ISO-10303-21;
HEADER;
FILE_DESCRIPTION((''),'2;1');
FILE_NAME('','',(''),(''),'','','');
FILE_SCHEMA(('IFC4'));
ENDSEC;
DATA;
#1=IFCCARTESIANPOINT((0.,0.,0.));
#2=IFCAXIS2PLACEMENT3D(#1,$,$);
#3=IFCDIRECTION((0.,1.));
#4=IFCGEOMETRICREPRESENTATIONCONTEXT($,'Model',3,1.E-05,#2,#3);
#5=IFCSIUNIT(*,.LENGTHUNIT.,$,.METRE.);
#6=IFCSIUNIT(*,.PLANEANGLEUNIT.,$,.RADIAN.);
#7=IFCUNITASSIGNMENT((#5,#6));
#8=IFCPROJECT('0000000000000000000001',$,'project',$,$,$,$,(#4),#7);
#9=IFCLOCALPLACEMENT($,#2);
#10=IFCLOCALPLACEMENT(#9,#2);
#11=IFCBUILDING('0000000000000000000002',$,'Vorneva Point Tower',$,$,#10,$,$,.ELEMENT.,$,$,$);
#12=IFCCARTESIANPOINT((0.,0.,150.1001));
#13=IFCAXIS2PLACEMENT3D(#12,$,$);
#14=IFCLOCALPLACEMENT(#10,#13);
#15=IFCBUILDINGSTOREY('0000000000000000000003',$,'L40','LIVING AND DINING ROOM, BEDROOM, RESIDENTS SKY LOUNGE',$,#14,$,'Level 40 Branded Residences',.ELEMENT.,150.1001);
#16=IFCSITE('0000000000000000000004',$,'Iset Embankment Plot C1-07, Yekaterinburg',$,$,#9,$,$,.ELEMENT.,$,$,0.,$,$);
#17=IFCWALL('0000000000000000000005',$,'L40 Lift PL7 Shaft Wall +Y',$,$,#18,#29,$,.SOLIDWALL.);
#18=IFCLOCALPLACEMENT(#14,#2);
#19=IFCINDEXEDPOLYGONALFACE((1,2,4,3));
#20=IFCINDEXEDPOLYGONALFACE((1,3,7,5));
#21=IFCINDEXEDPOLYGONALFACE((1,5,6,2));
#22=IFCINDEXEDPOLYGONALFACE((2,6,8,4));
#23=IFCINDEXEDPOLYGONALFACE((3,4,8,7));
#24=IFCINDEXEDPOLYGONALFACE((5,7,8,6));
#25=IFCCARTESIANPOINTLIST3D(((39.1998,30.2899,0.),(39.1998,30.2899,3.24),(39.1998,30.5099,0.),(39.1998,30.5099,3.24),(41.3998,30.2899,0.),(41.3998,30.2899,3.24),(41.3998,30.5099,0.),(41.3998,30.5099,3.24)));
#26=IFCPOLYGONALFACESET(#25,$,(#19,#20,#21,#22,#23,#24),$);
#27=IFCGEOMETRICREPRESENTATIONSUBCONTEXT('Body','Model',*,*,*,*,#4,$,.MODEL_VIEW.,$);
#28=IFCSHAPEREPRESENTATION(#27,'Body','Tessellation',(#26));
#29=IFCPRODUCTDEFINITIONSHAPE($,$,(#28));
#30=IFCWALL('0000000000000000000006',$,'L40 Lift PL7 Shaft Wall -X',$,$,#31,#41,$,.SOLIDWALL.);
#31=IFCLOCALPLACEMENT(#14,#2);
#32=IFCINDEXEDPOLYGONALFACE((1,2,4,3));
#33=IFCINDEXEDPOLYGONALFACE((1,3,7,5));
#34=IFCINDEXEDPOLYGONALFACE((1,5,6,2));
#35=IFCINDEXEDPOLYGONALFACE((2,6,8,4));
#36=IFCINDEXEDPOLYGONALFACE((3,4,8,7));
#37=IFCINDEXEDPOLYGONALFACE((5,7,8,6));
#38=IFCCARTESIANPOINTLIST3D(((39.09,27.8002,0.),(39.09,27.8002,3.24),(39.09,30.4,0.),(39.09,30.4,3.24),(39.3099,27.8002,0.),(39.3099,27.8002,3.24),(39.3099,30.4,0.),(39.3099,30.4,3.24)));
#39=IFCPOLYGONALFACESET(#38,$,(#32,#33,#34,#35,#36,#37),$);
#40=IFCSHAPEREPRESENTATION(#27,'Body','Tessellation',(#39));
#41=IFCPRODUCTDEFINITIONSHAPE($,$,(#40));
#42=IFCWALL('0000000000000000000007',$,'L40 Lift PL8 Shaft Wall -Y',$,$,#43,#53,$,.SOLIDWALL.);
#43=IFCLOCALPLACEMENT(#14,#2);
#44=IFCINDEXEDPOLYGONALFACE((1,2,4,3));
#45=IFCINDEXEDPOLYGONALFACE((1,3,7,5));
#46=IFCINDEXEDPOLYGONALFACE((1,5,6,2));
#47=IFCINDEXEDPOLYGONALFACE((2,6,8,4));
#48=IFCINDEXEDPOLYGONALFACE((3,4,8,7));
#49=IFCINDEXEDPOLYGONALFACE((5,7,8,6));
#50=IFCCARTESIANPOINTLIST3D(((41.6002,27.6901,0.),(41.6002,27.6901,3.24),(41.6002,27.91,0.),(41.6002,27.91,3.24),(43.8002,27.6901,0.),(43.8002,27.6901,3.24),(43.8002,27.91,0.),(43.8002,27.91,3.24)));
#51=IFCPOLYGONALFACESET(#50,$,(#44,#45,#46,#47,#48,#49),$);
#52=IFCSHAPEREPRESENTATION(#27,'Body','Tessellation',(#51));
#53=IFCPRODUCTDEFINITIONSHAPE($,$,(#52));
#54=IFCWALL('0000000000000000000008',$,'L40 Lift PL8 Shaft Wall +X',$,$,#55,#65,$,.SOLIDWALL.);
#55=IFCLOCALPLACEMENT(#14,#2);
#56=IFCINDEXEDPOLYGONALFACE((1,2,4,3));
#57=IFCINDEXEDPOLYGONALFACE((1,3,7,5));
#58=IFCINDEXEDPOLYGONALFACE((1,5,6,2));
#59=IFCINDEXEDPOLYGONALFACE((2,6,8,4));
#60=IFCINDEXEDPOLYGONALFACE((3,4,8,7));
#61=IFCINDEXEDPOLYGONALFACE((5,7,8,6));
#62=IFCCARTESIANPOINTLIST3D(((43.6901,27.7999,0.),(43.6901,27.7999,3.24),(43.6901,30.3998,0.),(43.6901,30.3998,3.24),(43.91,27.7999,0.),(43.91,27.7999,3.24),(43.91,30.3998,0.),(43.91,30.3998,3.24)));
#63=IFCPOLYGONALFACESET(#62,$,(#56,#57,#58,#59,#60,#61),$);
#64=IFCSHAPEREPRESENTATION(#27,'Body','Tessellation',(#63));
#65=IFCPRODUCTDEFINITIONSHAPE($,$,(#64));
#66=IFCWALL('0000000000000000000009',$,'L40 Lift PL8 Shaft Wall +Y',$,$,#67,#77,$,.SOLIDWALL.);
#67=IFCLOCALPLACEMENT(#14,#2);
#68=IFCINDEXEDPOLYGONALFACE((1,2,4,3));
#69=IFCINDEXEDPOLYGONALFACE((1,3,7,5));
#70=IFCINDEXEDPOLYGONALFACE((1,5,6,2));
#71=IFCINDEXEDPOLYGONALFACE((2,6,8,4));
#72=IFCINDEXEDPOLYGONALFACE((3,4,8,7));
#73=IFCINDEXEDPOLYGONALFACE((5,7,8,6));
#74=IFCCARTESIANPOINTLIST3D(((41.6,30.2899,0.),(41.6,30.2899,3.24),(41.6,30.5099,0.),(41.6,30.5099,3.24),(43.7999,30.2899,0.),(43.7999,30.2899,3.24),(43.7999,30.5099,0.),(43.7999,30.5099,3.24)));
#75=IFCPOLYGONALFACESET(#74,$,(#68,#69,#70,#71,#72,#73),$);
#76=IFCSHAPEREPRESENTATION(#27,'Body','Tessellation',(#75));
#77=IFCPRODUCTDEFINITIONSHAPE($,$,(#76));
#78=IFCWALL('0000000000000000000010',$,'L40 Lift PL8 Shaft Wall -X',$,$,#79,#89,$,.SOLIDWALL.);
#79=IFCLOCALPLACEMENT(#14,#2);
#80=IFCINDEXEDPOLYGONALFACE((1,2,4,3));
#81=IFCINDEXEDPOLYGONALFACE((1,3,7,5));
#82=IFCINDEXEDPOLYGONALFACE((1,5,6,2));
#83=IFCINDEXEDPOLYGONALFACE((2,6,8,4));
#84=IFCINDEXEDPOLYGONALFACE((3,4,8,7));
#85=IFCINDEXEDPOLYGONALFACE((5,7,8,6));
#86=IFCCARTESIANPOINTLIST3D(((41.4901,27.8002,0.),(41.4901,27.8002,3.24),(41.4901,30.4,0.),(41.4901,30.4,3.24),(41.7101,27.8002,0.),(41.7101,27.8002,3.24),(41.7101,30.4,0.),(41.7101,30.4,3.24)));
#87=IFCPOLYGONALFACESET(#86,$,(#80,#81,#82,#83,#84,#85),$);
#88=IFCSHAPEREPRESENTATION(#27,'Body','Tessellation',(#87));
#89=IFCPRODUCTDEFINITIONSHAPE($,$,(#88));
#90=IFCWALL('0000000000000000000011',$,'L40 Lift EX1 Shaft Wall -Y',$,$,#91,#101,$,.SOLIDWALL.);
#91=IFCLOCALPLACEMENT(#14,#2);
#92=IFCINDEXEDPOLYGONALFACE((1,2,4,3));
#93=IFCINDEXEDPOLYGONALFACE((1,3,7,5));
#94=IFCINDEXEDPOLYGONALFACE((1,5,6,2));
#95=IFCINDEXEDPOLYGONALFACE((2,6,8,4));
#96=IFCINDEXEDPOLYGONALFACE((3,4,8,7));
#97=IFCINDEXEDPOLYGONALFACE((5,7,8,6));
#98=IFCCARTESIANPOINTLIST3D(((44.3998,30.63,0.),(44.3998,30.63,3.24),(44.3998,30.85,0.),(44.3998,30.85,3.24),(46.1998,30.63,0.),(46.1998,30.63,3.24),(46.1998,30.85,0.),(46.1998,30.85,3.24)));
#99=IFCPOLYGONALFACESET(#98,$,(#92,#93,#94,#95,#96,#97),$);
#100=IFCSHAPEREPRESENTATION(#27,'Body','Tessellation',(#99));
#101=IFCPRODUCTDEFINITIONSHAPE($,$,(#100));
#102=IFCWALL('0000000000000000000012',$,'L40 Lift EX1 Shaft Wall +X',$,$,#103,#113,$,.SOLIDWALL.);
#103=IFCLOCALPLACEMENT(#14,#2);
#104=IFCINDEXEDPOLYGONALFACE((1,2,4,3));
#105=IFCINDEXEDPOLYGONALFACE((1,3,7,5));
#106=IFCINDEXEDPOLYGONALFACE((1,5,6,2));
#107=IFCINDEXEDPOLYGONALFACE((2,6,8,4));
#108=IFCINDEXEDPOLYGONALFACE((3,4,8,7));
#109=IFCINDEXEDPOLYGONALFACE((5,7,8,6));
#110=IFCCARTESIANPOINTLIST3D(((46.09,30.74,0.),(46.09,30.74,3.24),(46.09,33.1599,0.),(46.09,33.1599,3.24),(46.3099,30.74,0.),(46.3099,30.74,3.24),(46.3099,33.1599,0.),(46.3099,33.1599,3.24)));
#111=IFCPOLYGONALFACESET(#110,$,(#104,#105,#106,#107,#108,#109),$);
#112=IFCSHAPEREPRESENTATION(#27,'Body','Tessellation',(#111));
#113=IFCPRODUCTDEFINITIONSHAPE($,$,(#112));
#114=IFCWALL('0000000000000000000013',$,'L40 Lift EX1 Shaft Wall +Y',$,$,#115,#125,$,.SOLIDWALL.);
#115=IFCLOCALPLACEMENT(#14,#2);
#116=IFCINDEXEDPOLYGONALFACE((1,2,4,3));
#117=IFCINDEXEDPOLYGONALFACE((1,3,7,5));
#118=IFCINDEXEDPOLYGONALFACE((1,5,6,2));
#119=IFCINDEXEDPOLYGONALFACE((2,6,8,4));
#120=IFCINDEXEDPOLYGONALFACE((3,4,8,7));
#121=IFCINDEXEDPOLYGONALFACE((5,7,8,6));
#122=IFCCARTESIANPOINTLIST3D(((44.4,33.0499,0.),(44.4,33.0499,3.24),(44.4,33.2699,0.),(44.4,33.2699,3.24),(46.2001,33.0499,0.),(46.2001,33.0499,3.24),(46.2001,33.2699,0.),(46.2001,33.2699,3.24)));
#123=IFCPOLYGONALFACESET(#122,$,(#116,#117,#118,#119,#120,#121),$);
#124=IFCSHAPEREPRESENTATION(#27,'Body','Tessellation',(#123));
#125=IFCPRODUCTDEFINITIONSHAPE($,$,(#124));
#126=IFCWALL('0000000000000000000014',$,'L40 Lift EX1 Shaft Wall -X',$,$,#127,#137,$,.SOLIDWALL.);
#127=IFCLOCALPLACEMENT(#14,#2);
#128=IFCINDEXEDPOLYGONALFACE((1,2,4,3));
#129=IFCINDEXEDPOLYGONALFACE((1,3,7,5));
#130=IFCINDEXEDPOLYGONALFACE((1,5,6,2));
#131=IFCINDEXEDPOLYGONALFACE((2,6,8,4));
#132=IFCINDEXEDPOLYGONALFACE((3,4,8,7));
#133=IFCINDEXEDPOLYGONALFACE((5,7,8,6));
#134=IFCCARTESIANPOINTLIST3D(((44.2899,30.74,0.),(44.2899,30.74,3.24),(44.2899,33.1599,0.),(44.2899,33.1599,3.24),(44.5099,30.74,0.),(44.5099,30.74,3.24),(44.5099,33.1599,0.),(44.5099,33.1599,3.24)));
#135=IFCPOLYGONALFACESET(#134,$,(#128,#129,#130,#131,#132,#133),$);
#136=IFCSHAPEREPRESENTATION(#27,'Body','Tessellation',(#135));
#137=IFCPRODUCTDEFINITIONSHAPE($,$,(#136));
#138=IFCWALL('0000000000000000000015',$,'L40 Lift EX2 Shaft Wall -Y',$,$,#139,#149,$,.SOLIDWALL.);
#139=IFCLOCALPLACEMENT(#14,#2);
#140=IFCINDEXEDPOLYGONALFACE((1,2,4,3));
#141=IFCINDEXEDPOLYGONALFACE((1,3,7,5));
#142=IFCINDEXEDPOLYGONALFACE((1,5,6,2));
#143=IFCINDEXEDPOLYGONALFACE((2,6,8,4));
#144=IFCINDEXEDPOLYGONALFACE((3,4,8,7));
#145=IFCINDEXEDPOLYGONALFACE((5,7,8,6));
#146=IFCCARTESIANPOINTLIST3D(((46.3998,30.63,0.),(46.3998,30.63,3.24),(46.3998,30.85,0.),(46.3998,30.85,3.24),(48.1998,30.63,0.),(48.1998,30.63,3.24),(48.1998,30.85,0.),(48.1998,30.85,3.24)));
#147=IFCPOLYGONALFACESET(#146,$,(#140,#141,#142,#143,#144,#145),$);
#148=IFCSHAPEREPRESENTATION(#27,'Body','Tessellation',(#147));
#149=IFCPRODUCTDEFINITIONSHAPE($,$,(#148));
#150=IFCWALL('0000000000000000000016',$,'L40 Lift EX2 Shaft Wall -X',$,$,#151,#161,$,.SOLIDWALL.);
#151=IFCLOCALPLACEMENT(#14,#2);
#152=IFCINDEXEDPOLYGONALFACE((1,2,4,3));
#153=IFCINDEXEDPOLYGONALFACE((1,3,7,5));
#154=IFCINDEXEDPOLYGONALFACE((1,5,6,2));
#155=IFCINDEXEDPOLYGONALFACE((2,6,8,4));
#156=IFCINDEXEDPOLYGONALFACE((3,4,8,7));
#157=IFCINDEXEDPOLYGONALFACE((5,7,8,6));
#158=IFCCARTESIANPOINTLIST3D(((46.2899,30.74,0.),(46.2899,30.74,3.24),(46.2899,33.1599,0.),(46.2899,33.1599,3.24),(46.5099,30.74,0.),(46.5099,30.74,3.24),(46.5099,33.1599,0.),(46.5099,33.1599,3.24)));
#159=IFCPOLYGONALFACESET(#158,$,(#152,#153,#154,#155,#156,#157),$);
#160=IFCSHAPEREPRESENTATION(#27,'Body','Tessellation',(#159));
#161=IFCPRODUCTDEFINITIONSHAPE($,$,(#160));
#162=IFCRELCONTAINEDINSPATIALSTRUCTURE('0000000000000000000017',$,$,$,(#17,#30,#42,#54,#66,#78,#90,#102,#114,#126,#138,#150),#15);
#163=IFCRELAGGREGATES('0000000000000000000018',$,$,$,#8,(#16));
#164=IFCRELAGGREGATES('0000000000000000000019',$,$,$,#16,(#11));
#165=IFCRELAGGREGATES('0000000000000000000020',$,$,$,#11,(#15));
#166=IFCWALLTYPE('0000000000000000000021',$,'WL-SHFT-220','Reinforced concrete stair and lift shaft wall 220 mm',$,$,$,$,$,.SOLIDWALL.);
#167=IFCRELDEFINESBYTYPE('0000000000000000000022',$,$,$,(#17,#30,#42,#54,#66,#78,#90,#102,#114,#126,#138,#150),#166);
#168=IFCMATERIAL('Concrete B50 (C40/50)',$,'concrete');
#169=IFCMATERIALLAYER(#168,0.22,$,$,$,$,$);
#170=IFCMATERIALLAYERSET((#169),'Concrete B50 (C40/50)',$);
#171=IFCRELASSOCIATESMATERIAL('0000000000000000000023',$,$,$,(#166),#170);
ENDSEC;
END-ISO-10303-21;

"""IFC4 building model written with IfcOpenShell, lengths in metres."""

from ifc_helpers import new_model, si_unit, direction, frame, frame_2d, origin, place, context, subcontext, project, spatial, rectangle, extrude, material, layer, layer_set, type_object, element, save


model = new_model("IFC4")

# Units and contexts
model_context = context("Model", 3, precision=1e-05, world=origin(), true_north=direction((0.0, 1.0)))
body_context = subcontext(model_context, "Body", "Model", "MODEL_VIEW")
ifc_project = project(units=[si_unit("LENGTHUNIT", "METRE"), si_unit("PLANEANGLEUNIT", "RADIAN")], contexts=[model_context])

# Site, building, storey
site_placement = place(None, origin())
site = spatial("IfcSite", under=ifc_project, at=site_placement, Name="Iset Embankment Plot C1-07, Yekaterinburg", CompositionType="ELEMENT", RefElevation=0.0)
building_placement = place(site_placement, origin())
building = spatial("IfcBuilding", under=site, at=building_placement, Name="Vorneva Point Tower", CompositionType="ELEMENT")
storey_placement = place(building_placement, frame((0.0, 0.0, 150.1001)))
storey = spatial("IfcBuildingStorey", under=building, at=storey_placement, Name="L40", Description="LIVING AND DINING ROOM, BEDROOM, RESIDENTS SKY LOUNGE", LongName="Level 40 Branded Residences", CompositionType="ELEMENT", Elevation=150.1001)

# Walls
ifc_material_1 = material(Name="Concrete B50 (C40/50)", Category="concrete")
ifc_layer_1 = layer(ifc_material_1, 0.22)
ifc_layer_set_1 = layer_set([ifc_layer_1], Name="Concrete B50 (C40/50)")
wall_type_1 = type_object("IfcWallType", Name="WL-SHFT-220", Description="Reinforced concrete stair and lift shaft wall 220 mm", PredefinedType="SOLIDWALL", material=ifc_layer_set_1)
wall_1_placement = place(storey_placement, frame((41.3999, 30.3999, 0.0), z_axis=(0.0, 0.0, 1.0), x_axis=(-1.0, 0.0, 0.0)))
element("IfcWall", 1, at=wall_1_placement, inside=storey, type_object=wall_type_1, Name="L40 Lift PL7 Shaft Wall +Y", PredefinedType="SOLIDWALL", context=body_context, shape_type="SweptSolid", body=[
    extrude(rectangle(XDim=2.2, YDim=0.22, at=frame_2d((1.1001, 0.0))), origin(), (0.0, 0.0, 1.0), 3.24),
])
wall_2_placement = place(storey_placement, frame((39.2, 30.3999, 0.0), z_axis=(0.0, 0.0, 1.0), x_axis=(0.0, -1.0, 0.0)))
element("IfcWall", 2, at=wall_2_placement, inside=storey, type_object=wall_type_1, Name="L40 Lift PL7 Shaft Wall -X", PredefinedType="SOLIDWALL", context=body_context, shape_type="SweptSolid", body=[
    extrude(rectangle(XDim=2.5999, YDim=0.22, at=frame_2d((1.2998, 0.0))), origin(), (0.0, 0.0, 1.0), 3.24),
])
wall_3_placement = place(storey_placement, frame((41.6001, 27.8, 0.0), z_axis=(0.0, 0.0, 1.0), x_axis=(1.0, 0.0, 0.0)))
element("IfcWall", 3, at=wall_3_placement, inside=storey, type_object=wall_type_1, Name="L40 Lift PL8 Shaft Wall -Y", PredefinedType="SOLIDWALL", context=body_context, shape_type="SweptSolid", body=[
    extrude(rectangle(XDim=2.2, YDim=0.22, at=frame_2d((1.1001, 0.0))), origin(), (0.0, 0.0, 1.0), 3.24),
])
wall_4_placement = place(storey_placement, frame((43.8, 27.8, 0.0), z_axis=(0.0, 0.0, 1.0), x_axis=(0.0, 1.0, 0.0)))
element("IfcWall", 4, at=wall_4_placement, inside=storey, type_object=wall_type_1, Name="L40 Lift PL8 Shaft Wall +X", PredefinedType="SOLIDWALL", context=body_context, shape_type="SweptSolid", body=[
    extrude(rectangle(XDim=2.5999, YDim=0.22, at=frame_2d((1.2998, 0.0))), origin(), (0.0, 0.0, 1.0), 3.24),
])
wall_5_placement = place(storey_placement, frame((43.8, 30.3999, 0.0), z_axis=(0.0, 0.0, 1.0), x_axis=(-1.0, 0.0, 0.0)))
element("IfcWall", 5, at=wall_5_placement, inside=storey, type_object=wall_type_1, Name="L40 Lift PL8 Shaft Wall +Y", PredefinedType="SOLIDWALL", context=body_context, shape_type="SweptSolid", body=[
    extrude(rectangle(XDim=2.2, YDim=0.22, at=frame_2d((1.1001, 0.0))), origin(), (0.0, 0.0, 1.0), 3.24),
])
wall_6_placement = place(storey_placement, frame((41.6001, 30.3999, 0.0), z_axis=(0.0, 0.0, 1.0), x_axis=(0.0, -1.0, 0.0)))
element("IfcWall", 6, at=wall_6_placement, inside=storey, type_object=wall_type_1, Name="L40 Lift PL8 Shaft Wall -X", PredefinedType="SOLIDWALL", context=body_context, shape_type="SweptSolid", body=[
    extrude(rectangle(XDim=2.5999, YDim=0.22, at=frame_2d((1.2998, 0.0))), origin(), (0.0, 0.0, 1.0), 3.24),
])
wall_7_placement = place(storey_placement, frame((44.3999, 30.74, 0.0), z_axis=(0.0, 0.0, 1.0), x_axis=(1.0, 0.0, 0.0)))
element("IfcWall", 7, at=wall_7_placement, inside=storey, type_object=wall_type_1, Name="L40 Lift EX1 Shaft Wall -Y", PredefinedType="SOLIDWALL", context=body_context, shape_type="SweptSolid", body=[
    extrude(rectangle(XDim=1.8, YDim=0.22, at=frame_2d((0.8999, 0.0))), origin(), (0.0, 0.0, 1.0), 3.24),
])
wall_8_placement = place(storey_placement, frame((46.2, 30.74, 0.0), z_axis=(0.0, 0.0, 1.0), x_axis=(0.0, 1.0, 0.0)))
element("IfcWall", 8, at=wall_8_placement, inside=storey, type_object=wall_type_1, Name="L40 Lift EX1 Shaft Wall +X", PredefinedType="SOLIDWALL", context=body_context, shape_type="SweptSolid", body=[
    extrude(rectangle(XDim=2.4199, YDim=0.22, at=frame_2d((1.21, 0.0))), origin(), (0.0, 0.0, 1.0), 3.24),
])
wall_9_placement = place(storey_placement, frame((46.2, 33.1599, 0.0), z_axis=(0.0, 0.0, 1.0), x_axis=(-1.0, 0.0, 0.0)))
element("IfcWall", 9, at=wall_9_placement, inside=storey, type_object=wall_type_1, Name="L40 Lift EX1 Shaft Wall +Y", PredefinedType="SOLIDWALL", context=body_context, shape_type="SweptSolid", body=[
    extrude(rectangle(XDim=1.8, YDim=0.22, at=frame_2d((0.8999, 0.0))), origin(), (0.0, 0.0, 1.0), 3.24),
])
wall_10_placement = place(storey_placement, frame((44.3999, 33.1599, 0.0), z_axis=(0.0, 0.0, 1.0), x_axis=(0.0, -1.0, 0.0)))
element("IfcWall", 10, at=wall_10_placement, inside=storey, type_object=wall_type_1, Name="L40 Lift EX1 Shaft Wall -X", PredefinedType="SOLIDWALL", context=body_context, shape_type="SweptSolid", body=[
    extrude(rectangle(XDim=2.4199, YDim=0.22, at=frame_2d((1.21, 0.0))), origin(), (0.0, 0.0, 1.0), 3.24),
])
wall_11_placement = place(storey_placement, frame((46.3999, 30.74, 0.0), z_axis=(0.0, 0.0, 1.0), x_axis=(1.0, 0.0, 0.0)))
element("IfcWall", 11, at=wall_11_placement, inside=storey, type_object=wall_type_1, Name="L40 Lift EX2 Shaft Wall -Y", PredefinedType="SOLIDWALL", context=body_context, shape_type="SweptSolid", body=[
    extrude(rectangle(XDim=1.8, YDim=0.22, at=frame_2d((0.8999, 0.0))), origin(), (0.0, 0.0, 1.0), 3.24),
])
wall_12_placement = place(storey_placement, frame((46.3999, 33.1599, 0.0), z_axis=(0.0, 0.0, 1.0), x_axis=(0.0, -1.0, 0.0)))
element("IfcWall", 12, at=wall_12_placement, inside=storey, type_object=wall_type_1, Name="L40 Lift EX2 Shaft Wall -X", PredefinedType="SOLIDWALL", context=body_context, shape_type="SweptSolid", body=[
    extrude(rectangle(XDim=2.4199, YDim=0.22, at=frame_2d((1.21, 0.0))), origin(), (0.0, 0.0, 1.0), 3.24),
])

save(model, "model.ifc")
